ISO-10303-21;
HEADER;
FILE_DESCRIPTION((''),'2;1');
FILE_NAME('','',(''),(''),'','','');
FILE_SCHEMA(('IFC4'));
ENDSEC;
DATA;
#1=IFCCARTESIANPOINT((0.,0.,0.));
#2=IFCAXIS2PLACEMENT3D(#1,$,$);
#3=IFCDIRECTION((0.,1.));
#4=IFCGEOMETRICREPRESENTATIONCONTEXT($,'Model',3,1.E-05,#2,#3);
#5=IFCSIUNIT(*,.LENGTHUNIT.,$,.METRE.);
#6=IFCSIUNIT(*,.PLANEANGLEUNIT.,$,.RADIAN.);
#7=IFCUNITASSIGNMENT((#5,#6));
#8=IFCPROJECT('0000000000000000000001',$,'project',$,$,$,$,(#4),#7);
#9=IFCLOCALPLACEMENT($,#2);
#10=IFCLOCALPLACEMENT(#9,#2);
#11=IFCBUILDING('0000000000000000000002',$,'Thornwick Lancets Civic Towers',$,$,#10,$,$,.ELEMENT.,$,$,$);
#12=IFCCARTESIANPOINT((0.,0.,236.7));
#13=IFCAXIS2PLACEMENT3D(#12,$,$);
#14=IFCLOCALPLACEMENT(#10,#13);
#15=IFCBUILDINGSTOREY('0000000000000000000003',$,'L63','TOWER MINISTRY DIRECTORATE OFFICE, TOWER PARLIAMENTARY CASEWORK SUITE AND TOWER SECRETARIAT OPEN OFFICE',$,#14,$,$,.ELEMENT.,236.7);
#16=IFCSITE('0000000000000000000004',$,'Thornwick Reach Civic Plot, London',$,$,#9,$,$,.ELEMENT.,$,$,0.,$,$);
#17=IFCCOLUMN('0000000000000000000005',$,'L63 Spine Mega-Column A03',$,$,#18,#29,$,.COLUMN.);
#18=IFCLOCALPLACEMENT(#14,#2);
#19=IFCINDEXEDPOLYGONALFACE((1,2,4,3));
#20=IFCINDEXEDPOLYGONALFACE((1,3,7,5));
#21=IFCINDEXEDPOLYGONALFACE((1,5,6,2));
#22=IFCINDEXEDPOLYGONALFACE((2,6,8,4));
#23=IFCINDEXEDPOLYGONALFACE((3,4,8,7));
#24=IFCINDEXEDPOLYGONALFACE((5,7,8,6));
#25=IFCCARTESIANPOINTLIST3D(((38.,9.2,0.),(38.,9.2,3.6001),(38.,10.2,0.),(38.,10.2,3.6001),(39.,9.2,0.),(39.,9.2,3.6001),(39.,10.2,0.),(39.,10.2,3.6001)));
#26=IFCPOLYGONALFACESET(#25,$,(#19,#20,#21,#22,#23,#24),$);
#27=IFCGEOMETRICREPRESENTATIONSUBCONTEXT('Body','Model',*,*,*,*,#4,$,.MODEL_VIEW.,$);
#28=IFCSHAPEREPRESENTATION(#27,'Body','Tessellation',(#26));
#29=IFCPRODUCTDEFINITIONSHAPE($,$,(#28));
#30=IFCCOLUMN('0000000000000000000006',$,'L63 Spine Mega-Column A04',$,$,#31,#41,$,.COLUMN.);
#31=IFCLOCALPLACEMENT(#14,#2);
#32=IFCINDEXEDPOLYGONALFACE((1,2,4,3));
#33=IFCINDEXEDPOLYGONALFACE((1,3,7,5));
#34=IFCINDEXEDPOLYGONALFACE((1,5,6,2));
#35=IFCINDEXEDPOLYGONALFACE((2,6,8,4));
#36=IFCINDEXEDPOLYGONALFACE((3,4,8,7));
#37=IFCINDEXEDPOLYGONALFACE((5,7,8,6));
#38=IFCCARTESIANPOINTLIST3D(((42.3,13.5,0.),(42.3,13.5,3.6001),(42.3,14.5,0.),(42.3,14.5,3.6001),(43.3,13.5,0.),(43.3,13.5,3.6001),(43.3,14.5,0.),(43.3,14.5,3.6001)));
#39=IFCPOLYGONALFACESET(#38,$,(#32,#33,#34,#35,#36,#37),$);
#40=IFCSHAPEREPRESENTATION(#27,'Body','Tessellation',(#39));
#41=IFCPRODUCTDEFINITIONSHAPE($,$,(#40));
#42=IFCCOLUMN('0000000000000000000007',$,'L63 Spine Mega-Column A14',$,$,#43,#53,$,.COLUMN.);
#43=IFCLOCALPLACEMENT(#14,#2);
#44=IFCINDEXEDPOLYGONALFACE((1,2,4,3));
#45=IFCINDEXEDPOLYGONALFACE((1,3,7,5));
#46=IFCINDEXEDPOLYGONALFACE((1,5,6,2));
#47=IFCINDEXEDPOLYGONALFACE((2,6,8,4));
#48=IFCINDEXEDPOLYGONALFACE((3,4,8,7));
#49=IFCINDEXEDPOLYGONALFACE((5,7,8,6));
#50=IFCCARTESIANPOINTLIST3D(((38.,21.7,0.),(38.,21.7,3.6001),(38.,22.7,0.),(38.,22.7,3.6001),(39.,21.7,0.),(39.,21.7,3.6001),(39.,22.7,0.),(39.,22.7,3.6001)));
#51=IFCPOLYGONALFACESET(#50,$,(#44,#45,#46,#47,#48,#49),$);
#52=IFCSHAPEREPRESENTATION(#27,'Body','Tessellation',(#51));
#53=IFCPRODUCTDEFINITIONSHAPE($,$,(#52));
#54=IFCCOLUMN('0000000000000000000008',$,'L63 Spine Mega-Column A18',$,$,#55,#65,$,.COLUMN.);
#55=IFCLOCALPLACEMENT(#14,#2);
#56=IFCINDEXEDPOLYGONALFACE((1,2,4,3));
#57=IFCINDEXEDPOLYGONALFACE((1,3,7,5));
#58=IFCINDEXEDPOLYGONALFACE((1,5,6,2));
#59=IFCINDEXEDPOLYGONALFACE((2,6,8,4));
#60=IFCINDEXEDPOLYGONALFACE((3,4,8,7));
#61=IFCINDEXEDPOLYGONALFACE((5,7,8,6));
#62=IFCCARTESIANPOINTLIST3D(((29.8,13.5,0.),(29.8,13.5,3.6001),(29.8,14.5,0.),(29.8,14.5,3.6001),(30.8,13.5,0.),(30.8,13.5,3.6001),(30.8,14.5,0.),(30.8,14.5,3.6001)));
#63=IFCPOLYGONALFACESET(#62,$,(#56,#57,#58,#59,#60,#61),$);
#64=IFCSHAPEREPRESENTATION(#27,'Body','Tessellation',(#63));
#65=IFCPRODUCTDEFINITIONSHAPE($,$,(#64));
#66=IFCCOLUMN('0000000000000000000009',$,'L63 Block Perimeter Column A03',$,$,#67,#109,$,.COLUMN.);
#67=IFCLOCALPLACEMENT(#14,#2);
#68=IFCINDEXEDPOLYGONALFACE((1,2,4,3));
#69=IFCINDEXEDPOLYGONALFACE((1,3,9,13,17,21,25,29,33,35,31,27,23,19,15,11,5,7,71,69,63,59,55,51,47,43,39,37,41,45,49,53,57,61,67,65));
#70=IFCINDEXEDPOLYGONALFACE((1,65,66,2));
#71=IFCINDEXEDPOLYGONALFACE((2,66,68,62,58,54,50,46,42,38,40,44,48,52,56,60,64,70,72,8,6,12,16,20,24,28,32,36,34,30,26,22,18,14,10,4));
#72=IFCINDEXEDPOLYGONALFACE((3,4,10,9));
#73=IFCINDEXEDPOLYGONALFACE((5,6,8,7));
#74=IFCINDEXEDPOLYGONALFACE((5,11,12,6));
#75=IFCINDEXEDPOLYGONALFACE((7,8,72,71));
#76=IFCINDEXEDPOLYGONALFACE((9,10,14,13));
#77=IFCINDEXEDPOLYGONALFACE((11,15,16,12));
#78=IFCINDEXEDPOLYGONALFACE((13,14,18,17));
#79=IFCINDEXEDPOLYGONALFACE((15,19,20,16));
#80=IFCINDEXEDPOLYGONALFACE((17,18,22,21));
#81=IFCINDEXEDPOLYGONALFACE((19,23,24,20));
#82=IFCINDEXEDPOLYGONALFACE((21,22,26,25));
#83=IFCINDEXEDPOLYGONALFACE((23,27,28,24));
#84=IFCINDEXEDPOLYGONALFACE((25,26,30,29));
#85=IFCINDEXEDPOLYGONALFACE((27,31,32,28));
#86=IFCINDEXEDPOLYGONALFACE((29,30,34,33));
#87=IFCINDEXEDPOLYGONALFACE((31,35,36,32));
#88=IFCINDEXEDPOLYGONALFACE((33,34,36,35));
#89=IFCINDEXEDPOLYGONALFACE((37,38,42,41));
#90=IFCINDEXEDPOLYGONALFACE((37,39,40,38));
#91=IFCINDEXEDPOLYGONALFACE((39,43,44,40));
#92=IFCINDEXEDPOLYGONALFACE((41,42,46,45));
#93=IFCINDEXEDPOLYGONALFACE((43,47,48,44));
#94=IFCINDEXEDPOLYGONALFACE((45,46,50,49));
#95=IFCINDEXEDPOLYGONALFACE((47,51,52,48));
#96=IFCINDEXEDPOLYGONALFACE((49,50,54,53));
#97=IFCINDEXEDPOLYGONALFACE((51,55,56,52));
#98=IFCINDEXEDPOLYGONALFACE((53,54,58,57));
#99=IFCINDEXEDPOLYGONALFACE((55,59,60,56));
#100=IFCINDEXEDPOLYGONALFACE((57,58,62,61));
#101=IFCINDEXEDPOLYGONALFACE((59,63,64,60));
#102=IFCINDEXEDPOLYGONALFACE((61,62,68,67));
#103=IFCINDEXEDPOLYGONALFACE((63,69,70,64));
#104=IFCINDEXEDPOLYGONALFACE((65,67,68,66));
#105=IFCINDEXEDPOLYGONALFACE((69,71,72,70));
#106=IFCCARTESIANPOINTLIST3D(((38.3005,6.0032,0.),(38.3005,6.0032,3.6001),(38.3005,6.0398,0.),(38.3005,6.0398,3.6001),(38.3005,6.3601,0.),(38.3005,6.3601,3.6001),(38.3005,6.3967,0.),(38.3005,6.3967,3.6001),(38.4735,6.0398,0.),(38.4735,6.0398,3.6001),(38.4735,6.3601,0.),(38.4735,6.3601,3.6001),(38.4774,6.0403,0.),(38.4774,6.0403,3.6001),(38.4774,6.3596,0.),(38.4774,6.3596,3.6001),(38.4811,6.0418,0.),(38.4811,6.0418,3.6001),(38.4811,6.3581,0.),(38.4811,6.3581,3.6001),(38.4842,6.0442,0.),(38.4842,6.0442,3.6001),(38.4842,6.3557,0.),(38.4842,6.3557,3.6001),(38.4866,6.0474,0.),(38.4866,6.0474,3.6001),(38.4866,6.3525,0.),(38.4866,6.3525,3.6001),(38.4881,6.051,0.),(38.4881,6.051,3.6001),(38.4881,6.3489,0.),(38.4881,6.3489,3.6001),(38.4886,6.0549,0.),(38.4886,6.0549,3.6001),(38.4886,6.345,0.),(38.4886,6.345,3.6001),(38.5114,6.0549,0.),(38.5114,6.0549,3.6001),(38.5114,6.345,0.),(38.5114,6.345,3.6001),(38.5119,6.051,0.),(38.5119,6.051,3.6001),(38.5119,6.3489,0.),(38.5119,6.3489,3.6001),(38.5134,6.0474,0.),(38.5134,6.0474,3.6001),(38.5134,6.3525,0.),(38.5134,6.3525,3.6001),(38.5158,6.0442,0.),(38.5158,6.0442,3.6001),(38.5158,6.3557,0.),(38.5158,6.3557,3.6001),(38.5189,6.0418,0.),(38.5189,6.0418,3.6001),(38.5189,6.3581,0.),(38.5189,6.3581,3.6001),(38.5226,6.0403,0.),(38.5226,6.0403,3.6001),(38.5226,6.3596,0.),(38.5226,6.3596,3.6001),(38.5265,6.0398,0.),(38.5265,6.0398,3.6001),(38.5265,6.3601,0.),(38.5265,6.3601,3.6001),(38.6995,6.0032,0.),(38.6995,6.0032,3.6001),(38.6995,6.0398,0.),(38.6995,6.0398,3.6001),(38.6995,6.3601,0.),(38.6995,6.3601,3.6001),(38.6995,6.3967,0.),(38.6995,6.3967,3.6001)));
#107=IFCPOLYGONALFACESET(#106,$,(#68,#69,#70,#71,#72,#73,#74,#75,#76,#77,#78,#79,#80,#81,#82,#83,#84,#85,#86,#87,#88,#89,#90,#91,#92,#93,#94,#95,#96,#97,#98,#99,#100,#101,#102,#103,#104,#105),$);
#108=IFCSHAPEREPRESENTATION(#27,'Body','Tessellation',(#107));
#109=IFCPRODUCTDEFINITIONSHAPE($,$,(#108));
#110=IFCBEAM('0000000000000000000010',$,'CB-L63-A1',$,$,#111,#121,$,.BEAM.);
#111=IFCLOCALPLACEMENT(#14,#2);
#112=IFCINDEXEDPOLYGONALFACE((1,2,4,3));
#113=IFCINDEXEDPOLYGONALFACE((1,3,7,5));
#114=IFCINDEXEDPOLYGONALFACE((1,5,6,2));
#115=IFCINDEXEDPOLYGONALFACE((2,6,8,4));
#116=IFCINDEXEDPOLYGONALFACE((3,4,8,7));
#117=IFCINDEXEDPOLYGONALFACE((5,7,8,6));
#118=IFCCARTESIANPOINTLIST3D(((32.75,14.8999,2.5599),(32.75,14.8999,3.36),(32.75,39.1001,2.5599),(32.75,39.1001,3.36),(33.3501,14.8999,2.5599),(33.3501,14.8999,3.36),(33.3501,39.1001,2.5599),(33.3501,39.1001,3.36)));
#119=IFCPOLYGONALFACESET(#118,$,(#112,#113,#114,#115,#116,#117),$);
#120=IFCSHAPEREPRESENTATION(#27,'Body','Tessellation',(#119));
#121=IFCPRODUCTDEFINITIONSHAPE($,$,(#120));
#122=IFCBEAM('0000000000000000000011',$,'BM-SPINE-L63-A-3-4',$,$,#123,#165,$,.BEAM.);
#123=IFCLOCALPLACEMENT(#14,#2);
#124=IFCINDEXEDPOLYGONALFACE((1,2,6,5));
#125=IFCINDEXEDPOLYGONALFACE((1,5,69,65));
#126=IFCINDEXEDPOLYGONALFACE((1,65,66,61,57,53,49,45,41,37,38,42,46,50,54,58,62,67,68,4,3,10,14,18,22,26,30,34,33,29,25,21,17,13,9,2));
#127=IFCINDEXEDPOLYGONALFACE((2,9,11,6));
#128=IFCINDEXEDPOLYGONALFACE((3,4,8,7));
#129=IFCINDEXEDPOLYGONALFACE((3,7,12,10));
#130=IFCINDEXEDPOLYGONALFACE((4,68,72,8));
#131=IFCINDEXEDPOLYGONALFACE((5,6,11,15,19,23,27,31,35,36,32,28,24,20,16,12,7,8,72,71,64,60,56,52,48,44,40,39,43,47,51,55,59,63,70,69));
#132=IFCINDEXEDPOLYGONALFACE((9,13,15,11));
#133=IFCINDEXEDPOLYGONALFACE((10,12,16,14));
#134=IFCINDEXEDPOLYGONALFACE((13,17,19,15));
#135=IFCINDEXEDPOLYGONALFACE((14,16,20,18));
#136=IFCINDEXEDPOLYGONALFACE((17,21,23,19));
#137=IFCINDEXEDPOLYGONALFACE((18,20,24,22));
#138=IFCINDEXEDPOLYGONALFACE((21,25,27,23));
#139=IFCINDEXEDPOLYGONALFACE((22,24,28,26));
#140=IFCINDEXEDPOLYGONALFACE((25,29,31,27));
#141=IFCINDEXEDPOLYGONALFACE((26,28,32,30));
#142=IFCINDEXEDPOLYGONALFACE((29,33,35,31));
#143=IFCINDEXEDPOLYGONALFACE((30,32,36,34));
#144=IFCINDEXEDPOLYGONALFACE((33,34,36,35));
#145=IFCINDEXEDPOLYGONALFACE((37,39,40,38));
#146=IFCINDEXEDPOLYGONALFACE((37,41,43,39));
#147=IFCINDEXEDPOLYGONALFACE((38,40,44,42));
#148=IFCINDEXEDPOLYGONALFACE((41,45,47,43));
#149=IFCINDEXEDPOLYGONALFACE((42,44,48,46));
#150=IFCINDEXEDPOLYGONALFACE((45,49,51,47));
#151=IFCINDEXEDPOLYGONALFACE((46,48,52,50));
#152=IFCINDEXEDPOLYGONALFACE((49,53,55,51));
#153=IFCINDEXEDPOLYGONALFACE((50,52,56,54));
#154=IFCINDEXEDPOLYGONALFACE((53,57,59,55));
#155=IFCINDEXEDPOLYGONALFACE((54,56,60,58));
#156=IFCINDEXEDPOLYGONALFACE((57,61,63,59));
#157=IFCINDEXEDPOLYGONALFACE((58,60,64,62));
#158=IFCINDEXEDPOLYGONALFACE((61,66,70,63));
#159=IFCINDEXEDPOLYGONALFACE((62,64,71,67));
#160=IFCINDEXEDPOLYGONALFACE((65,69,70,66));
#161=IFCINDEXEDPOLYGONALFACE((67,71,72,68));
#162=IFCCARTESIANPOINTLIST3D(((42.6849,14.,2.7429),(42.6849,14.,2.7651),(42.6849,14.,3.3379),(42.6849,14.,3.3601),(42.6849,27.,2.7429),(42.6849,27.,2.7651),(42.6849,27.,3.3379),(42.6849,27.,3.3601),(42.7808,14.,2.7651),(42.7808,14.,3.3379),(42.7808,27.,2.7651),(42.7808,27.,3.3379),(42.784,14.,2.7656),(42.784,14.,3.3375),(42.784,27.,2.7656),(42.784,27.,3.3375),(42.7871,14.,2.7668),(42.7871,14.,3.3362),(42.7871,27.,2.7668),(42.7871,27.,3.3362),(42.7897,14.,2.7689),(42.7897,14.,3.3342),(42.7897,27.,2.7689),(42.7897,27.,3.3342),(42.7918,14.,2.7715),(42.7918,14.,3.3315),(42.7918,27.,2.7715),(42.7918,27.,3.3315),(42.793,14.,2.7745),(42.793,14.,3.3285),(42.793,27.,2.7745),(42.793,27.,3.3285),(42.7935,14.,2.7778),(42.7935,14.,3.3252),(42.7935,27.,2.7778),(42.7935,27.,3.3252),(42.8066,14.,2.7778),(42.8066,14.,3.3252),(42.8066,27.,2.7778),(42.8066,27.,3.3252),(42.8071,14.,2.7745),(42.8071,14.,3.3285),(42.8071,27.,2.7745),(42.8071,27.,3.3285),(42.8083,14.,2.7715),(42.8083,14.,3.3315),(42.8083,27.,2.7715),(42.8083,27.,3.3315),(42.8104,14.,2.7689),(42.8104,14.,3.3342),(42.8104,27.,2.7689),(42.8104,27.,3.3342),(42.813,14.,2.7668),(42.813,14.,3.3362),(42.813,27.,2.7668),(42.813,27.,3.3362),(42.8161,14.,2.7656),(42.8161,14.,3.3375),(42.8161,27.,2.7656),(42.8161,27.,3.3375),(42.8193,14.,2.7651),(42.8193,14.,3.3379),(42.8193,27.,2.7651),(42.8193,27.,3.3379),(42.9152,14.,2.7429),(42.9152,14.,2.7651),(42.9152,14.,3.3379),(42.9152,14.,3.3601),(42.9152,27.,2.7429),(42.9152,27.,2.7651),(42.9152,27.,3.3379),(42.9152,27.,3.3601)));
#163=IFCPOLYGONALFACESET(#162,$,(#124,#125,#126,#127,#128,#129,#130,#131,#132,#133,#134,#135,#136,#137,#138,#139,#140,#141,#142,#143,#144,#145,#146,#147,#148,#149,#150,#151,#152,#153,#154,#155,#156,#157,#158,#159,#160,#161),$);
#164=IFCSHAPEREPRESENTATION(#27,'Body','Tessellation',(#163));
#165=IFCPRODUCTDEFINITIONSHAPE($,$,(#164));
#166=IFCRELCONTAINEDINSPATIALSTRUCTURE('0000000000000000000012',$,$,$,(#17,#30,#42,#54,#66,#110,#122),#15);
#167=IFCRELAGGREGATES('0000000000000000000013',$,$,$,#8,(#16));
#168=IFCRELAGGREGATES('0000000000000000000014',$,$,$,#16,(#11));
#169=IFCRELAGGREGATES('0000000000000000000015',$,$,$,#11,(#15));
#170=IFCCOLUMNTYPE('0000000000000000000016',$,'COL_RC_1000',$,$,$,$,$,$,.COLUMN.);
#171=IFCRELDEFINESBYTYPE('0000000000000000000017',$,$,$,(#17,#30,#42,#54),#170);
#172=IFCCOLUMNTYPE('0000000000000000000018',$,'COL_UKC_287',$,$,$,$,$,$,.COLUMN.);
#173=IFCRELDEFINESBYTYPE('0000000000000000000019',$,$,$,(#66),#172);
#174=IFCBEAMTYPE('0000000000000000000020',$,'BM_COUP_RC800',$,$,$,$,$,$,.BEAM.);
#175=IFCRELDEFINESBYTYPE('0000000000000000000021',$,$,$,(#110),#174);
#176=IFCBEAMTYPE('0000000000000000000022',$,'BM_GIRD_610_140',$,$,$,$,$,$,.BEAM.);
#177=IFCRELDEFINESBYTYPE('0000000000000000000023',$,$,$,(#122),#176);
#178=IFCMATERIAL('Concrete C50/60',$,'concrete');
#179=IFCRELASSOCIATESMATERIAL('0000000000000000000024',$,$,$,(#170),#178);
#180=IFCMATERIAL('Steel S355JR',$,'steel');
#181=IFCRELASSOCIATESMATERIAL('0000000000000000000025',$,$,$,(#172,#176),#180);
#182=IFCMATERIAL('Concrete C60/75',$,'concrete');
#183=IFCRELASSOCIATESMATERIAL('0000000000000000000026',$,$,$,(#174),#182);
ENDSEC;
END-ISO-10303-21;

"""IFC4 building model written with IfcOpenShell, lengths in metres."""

from ifc_helpers import new_model, si_unit, direction, frame, origin, origin_2d, place, context, subcontext, project, spatial, rectangle, i_section, extrude, material, material_profile, profile_set, type_object, element, save


model = new_model("IFC4")

# Units and contexts
model_context = context("Model", 3, precision=1e-05, world=origin(), true_north=direction((0.0, 1.0)))
body_context = subcontext(model_context, "Body", "Model", "MODEL_VIEW")
ifc_project = project(units=[si_unit("LENGTHUNIT", "METRE"), si_unit("PLANEANGLEUNIT", "RADIAN")], contexts=[model_context])

# Site, building, storey
site_placement = place(None, origin())
site = spatial("IfcSite", under=ifc_project, at=site_placement, Name="Thornwick Reach Civic Plot, London", CompositionType="ELEMENT", RefElevation=0.0)
building_placement = place(site_placement, origin())
building = spatial("IfcBuilding", under=site, at=building_placement, Name="Thornwick Lancets Civic Towers", CompositionType="ELEMENT")
storey_placement = place(building_placement, frame((0.0, 0.0, 236.7)))
storey = spatial("IfcBuildingStorey", under=building, at=storey_placement, Name="L63", Description="TOWER MINISTRY DIRECTORATE OFFICE, TOWER PARLIAMENTARY CASEWORK SUITE AND TOWER SECRETARIAT OPEN OFFICE", CompositionType="ELEMENT", Elevation=236.7)

# Columns
ifc_material_1 = material(Name="Concrete C50/60", Category="concrete")
ifc_material_profile_1 = material_profile(ifc_material_1, rectangle(XDim=1.0, YDim=1.0, at=origin_2d()), Name="RC 1000x1000")
ifc_profile_set_1 = profile_set([ifc_material_profile_1], Name="Concrete C50/60")
column_type_1 = type_object("IfcColumnType", Name="COL_RC_1000", PredefinedType="COLUMN", material=ifc_profile_set_1)
for number, where, z_axis, x_axis, name in (
    (1, (38.5, 9.7, 0.0), (0.0, 0.0, 1.0), (1.0, 0.0, 0.0), "L63 Spine Mega-Column A03"),
    (2, (42.8, 14.0, 0.0), (0.0, 0.0, 1.0), (1.0, 0.0, 0.0), "L63 Spine Mega-Column A04"),
    (3, (38.5, 22.2, 0.0), (0.0, 0.0, 1.0), (1.0, 0.0, 0.0), "L63 Spine Mega-Column A14"),
    (4, (30.3, 14.0, 0.0), (0.0, 0.0, 1.0), (1.0, 0.0, 0.0), "L63 Spine Mega-Column A18"),
):
    element("IfcColumn", number, at=place(storey_placement, frame(where, z_axis=z_axis, x_axis=x_axis)), inside=storey, type_object=column_type_1, Name=name, PredefinedType="COLUMN", context=body_context, shape_type="SweptSolid", body=[
        extrude(rectangle(XDim=1.0, YDim=1.0, at=origin_2d()), origin(), (0.0, 0.0, 1.0), 3.6001),
    ])
ifc_material_2 = material(Name="Steel S355JR", Category="steel")
ifc_material_profile_2 = material_profile(ifc_material_2, i_section(OverallWidth=0.3989, OverallDepth=0.3936, WebThickness=0.0227, FlangeThickness=0.0366, FilletRadius=0.0151, at=origin_2d()), Name="UKC 356x406x287")
ifc_profile_set_2 = profile_set([ifc_material_profile_2], Name="Steel S355JR")
column_type_2 = type_object("IfcColumnType", Name="COL_UKC_287", PredefinedType="COLUMN", material=ifc_profile_set_2)
column_placement = place(storey_placement, frame((38.5, 6.2, 0.0), z_axis=(0.0, 0.0, 1.0), x_axis=(1.0, 0.0, 0.0)))
element("IfcColumn", 5, at=column_placement, inside=storey, type_object=column_type_2, Name="L63 Block Perimeter Column A03", PredefinedType="COLUMN", context=body_context, shape_type="SweptSolid", body=[
    extrude(i_section(OverallWidth=0.3989, OverallDepth=0.3936, WebThickness=0.0227, FlangeThickness=0.0366, FilletRadius=0.0151, at=origin_2d()), origin(), (0.0, 0.0, 1.0), 3.6001),
])

# Beams
ifc_material_3 = material(Name="Concrete C60/75", Category="concrete")
ifc_material_profile_3 = material_profile(ifc_material_3, rectangle(XDim=0.6001, YDim=0.8, at=origin_2d()), Name="RC 600x800")
ifc_profile_set_3 = profile_set([ifc_material_profile_3], Name="Concrete C60/75")
beam_type_1 = type_object("IfcBeamType", Name="BM_COUP_RC800", PredefinedType="BEAM", material=ifc_profile_set_3)
beam_1_placement = place(storey_placement, frame((33.05, 14.8999, 2.96), z_axis=(0.0, 1.0, 0.0), x_axis=(-1.0, 0.0, 0.0)))
element("IfcBeam", 6, at=beam_1_placement, inside=storey, type_object=beam_type_1, Name="CB-L63-A1", PredefinedType="BEAM", context=body_context, shape_type="SweptSolid", body=[
    extrude(rectangle(XDim=0.6001, YDim=0.8, at=origin_2d()), origin(), (0.0, 0.0, 1.0), 24.2002),
])
ifc_material_profile_4 = material_profile(ifc_material_2, i_section(OverallWidth=0.2302, OverallDepth=0.6172, WebThickness=0.0132, FlangeThickness=0.0222, FilletRadius=0.0127, at=origin_2d()), Name="UKB 610x229x140")
ifc_profile_set_4 = profile_set([ifc_material_profile_4], Name="Steel S355JR")
beam_type_2 = type_object("IfcBeamType", Name="BM_GIRD_610_140", PredefinedType="BEAM", material=ifc_profile_set_4)
beam_2_placement = place(storey_placement, frame((42.8, 14.0, 3.0515), z_axis=(0.0, 1.0, 0.0), x_axis=(-1.0, 0.0, 0.0)))
element("IfcBeam", 7, at=beam_2_placement, inside=storey, type_object=beam_type_2, Name="BM-SPINE-L63-A-3-4", PredefinedType="BEAM", context=body_context, shape_type="SweptSolid", body=[
    extrude(i_section(OverallWidth=0.2302, OverallDepth=0.6172, WebThickness=0.0132, FlangeThickness=0.0222, FilletRadius=0.0127, at=origin_2d()), origin(), (0.0, 0.0, 1.0), 13.0),
])

save(model, "model.ifc")
